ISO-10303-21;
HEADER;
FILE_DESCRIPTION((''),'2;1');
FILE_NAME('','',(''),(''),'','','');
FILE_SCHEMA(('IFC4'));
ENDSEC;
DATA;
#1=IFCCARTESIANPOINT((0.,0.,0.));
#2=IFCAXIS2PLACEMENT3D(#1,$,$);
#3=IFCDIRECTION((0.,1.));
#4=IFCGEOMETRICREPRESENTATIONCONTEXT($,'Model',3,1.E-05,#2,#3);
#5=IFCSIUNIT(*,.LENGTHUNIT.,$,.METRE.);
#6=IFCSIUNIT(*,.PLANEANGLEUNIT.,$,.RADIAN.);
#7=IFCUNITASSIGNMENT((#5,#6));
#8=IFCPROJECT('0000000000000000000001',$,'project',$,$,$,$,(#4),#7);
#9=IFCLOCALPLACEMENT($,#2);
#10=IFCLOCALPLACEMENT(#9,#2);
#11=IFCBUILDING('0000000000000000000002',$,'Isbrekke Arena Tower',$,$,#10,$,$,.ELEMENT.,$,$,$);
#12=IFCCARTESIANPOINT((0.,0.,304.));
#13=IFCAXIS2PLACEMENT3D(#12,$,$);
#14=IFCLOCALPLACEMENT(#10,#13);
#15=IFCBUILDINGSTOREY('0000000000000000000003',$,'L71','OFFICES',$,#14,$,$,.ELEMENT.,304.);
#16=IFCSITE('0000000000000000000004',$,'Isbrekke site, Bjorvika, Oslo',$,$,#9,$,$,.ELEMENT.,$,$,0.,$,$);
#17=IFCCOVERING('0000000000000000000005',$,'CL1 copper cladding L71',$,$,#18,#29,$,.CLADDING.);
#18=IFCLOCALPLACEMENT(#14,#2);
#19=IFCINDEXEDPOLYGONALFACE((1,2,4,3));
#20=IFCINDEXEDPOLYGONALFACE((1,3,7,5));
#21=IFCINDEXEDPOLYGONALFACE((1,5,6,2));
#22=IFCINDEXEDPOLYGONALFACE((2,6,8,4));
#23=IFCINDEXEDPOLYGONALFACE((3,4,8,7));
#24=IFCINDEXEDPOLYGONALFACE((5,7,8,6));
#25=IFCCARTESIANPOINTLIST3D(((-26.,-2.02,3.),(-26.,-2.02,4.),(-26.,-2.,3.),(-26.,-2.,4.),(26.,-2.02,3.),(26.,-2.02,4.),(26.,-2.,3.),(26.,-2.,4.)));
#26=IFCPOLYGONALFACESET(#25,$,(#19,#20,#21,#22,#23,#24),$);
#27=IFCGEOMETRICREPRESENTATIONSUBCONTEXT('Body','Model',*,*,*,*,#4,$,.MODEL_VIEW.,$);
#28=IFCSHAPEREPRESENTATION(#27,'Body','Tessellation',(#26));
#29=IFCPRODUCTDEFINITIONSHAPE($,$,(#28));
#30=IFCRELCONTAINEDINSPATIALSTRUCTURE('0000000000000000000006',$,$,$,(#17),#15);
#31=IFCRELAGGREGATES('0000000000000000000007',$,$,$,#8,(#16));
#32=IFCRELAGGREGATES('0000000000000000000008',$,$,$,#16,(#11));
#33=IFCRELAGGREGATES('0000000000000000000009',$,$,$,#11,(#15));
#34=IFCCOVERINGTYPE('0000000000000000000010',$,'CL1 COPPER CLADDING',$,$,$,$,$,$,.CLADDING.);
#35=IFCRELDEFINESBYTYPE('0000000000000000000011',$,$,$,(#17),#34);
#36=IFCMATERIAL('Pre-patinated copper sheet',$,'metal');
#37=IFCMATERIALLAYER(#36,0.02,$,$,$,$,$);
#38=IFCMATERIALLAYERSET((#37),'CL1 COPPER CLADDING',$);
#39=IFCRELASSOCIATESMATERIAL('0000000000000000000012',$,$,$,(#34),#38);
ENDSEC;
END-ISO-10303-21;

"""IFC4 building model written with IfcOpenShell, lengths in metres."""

from ifc_helpers import new_model, si_unit, direction, frame, origin, origin_2d, place, context, subcontext, project, spatial, rectangle, extrude, material, layer, layer_set, type_object, element, save


model = new_model("IFC4")

# Units and contexts
model_context = context("Model", 3, precision=1e-05, world=origin(), true_north=direction((0.0, 1.0)))
body_context = subcontext(model_context, "Body", "Model", "MODEL_VIEW")
ifc_project = project(units=[si_unit("LENGTHUNIT", "METRE"), si_unit("PLANEANGLEUNIT", "RADIAN")], contexts=[model_context])

# Site, building, storey
site_placement = place(None, origin())
site = spatial("IfcSite", under=ifc_project, at=site_placement, Name="Isbrekke site, Bjorvika, Oslo", CompositionType="ELEMENT", RefElevation=0.0)
building_placement = place(site_placement, origin())
building = spatial("IfcBuilding", under=site, at=building_placement, Name="Isbrekke Arena Tower", CompositionType="ELEMENT")
storey_placement = place(building_placement, frame((0.0, 0.0, 304.0)))
storey = spatial("IfcBuildingStorey", under=building, at=storey_placement, Name="L71", Description="OFFICES", CompositionType="ELEMENT", Elevation=304.0)

# Covering
ifc_material_1 = material(Name="Pre-patinated copper sheet", Category="metal")
ifc_layer_1 = layer(ifc_material_1, 0.02)
ifc_layer_set_1 = layer_set([ifc_layer_1], Name="CL1 COPPER CLADDING")
covering_type = type_object("IfcCoveringType", Name="CL1 COPPER CLADDING", PredefinedType="CLADDING", material=ifc_layer_set_1)
covering_placement = place(storey_placement, frame((0.0, -2.01, 3.0), z_axis=(0.0, 0.0, 1.0), x_axis=(1.0, 0.0, 0.0)))
element("IfcCovering", 1, at=covering_placement, inside=storey, type_object=covering_type, Name="CL1 copper cladding L71", PredefinedType="CLADDING", context=body_context, shape_type="SweptSolid", body=[
    extrude(rectangle(XDim=52.0, YDim=0.02, at=origin_2d()), origin(), (0.0, 0.0, 1.0), 1.0),
])

save(model, "model.ifc")
